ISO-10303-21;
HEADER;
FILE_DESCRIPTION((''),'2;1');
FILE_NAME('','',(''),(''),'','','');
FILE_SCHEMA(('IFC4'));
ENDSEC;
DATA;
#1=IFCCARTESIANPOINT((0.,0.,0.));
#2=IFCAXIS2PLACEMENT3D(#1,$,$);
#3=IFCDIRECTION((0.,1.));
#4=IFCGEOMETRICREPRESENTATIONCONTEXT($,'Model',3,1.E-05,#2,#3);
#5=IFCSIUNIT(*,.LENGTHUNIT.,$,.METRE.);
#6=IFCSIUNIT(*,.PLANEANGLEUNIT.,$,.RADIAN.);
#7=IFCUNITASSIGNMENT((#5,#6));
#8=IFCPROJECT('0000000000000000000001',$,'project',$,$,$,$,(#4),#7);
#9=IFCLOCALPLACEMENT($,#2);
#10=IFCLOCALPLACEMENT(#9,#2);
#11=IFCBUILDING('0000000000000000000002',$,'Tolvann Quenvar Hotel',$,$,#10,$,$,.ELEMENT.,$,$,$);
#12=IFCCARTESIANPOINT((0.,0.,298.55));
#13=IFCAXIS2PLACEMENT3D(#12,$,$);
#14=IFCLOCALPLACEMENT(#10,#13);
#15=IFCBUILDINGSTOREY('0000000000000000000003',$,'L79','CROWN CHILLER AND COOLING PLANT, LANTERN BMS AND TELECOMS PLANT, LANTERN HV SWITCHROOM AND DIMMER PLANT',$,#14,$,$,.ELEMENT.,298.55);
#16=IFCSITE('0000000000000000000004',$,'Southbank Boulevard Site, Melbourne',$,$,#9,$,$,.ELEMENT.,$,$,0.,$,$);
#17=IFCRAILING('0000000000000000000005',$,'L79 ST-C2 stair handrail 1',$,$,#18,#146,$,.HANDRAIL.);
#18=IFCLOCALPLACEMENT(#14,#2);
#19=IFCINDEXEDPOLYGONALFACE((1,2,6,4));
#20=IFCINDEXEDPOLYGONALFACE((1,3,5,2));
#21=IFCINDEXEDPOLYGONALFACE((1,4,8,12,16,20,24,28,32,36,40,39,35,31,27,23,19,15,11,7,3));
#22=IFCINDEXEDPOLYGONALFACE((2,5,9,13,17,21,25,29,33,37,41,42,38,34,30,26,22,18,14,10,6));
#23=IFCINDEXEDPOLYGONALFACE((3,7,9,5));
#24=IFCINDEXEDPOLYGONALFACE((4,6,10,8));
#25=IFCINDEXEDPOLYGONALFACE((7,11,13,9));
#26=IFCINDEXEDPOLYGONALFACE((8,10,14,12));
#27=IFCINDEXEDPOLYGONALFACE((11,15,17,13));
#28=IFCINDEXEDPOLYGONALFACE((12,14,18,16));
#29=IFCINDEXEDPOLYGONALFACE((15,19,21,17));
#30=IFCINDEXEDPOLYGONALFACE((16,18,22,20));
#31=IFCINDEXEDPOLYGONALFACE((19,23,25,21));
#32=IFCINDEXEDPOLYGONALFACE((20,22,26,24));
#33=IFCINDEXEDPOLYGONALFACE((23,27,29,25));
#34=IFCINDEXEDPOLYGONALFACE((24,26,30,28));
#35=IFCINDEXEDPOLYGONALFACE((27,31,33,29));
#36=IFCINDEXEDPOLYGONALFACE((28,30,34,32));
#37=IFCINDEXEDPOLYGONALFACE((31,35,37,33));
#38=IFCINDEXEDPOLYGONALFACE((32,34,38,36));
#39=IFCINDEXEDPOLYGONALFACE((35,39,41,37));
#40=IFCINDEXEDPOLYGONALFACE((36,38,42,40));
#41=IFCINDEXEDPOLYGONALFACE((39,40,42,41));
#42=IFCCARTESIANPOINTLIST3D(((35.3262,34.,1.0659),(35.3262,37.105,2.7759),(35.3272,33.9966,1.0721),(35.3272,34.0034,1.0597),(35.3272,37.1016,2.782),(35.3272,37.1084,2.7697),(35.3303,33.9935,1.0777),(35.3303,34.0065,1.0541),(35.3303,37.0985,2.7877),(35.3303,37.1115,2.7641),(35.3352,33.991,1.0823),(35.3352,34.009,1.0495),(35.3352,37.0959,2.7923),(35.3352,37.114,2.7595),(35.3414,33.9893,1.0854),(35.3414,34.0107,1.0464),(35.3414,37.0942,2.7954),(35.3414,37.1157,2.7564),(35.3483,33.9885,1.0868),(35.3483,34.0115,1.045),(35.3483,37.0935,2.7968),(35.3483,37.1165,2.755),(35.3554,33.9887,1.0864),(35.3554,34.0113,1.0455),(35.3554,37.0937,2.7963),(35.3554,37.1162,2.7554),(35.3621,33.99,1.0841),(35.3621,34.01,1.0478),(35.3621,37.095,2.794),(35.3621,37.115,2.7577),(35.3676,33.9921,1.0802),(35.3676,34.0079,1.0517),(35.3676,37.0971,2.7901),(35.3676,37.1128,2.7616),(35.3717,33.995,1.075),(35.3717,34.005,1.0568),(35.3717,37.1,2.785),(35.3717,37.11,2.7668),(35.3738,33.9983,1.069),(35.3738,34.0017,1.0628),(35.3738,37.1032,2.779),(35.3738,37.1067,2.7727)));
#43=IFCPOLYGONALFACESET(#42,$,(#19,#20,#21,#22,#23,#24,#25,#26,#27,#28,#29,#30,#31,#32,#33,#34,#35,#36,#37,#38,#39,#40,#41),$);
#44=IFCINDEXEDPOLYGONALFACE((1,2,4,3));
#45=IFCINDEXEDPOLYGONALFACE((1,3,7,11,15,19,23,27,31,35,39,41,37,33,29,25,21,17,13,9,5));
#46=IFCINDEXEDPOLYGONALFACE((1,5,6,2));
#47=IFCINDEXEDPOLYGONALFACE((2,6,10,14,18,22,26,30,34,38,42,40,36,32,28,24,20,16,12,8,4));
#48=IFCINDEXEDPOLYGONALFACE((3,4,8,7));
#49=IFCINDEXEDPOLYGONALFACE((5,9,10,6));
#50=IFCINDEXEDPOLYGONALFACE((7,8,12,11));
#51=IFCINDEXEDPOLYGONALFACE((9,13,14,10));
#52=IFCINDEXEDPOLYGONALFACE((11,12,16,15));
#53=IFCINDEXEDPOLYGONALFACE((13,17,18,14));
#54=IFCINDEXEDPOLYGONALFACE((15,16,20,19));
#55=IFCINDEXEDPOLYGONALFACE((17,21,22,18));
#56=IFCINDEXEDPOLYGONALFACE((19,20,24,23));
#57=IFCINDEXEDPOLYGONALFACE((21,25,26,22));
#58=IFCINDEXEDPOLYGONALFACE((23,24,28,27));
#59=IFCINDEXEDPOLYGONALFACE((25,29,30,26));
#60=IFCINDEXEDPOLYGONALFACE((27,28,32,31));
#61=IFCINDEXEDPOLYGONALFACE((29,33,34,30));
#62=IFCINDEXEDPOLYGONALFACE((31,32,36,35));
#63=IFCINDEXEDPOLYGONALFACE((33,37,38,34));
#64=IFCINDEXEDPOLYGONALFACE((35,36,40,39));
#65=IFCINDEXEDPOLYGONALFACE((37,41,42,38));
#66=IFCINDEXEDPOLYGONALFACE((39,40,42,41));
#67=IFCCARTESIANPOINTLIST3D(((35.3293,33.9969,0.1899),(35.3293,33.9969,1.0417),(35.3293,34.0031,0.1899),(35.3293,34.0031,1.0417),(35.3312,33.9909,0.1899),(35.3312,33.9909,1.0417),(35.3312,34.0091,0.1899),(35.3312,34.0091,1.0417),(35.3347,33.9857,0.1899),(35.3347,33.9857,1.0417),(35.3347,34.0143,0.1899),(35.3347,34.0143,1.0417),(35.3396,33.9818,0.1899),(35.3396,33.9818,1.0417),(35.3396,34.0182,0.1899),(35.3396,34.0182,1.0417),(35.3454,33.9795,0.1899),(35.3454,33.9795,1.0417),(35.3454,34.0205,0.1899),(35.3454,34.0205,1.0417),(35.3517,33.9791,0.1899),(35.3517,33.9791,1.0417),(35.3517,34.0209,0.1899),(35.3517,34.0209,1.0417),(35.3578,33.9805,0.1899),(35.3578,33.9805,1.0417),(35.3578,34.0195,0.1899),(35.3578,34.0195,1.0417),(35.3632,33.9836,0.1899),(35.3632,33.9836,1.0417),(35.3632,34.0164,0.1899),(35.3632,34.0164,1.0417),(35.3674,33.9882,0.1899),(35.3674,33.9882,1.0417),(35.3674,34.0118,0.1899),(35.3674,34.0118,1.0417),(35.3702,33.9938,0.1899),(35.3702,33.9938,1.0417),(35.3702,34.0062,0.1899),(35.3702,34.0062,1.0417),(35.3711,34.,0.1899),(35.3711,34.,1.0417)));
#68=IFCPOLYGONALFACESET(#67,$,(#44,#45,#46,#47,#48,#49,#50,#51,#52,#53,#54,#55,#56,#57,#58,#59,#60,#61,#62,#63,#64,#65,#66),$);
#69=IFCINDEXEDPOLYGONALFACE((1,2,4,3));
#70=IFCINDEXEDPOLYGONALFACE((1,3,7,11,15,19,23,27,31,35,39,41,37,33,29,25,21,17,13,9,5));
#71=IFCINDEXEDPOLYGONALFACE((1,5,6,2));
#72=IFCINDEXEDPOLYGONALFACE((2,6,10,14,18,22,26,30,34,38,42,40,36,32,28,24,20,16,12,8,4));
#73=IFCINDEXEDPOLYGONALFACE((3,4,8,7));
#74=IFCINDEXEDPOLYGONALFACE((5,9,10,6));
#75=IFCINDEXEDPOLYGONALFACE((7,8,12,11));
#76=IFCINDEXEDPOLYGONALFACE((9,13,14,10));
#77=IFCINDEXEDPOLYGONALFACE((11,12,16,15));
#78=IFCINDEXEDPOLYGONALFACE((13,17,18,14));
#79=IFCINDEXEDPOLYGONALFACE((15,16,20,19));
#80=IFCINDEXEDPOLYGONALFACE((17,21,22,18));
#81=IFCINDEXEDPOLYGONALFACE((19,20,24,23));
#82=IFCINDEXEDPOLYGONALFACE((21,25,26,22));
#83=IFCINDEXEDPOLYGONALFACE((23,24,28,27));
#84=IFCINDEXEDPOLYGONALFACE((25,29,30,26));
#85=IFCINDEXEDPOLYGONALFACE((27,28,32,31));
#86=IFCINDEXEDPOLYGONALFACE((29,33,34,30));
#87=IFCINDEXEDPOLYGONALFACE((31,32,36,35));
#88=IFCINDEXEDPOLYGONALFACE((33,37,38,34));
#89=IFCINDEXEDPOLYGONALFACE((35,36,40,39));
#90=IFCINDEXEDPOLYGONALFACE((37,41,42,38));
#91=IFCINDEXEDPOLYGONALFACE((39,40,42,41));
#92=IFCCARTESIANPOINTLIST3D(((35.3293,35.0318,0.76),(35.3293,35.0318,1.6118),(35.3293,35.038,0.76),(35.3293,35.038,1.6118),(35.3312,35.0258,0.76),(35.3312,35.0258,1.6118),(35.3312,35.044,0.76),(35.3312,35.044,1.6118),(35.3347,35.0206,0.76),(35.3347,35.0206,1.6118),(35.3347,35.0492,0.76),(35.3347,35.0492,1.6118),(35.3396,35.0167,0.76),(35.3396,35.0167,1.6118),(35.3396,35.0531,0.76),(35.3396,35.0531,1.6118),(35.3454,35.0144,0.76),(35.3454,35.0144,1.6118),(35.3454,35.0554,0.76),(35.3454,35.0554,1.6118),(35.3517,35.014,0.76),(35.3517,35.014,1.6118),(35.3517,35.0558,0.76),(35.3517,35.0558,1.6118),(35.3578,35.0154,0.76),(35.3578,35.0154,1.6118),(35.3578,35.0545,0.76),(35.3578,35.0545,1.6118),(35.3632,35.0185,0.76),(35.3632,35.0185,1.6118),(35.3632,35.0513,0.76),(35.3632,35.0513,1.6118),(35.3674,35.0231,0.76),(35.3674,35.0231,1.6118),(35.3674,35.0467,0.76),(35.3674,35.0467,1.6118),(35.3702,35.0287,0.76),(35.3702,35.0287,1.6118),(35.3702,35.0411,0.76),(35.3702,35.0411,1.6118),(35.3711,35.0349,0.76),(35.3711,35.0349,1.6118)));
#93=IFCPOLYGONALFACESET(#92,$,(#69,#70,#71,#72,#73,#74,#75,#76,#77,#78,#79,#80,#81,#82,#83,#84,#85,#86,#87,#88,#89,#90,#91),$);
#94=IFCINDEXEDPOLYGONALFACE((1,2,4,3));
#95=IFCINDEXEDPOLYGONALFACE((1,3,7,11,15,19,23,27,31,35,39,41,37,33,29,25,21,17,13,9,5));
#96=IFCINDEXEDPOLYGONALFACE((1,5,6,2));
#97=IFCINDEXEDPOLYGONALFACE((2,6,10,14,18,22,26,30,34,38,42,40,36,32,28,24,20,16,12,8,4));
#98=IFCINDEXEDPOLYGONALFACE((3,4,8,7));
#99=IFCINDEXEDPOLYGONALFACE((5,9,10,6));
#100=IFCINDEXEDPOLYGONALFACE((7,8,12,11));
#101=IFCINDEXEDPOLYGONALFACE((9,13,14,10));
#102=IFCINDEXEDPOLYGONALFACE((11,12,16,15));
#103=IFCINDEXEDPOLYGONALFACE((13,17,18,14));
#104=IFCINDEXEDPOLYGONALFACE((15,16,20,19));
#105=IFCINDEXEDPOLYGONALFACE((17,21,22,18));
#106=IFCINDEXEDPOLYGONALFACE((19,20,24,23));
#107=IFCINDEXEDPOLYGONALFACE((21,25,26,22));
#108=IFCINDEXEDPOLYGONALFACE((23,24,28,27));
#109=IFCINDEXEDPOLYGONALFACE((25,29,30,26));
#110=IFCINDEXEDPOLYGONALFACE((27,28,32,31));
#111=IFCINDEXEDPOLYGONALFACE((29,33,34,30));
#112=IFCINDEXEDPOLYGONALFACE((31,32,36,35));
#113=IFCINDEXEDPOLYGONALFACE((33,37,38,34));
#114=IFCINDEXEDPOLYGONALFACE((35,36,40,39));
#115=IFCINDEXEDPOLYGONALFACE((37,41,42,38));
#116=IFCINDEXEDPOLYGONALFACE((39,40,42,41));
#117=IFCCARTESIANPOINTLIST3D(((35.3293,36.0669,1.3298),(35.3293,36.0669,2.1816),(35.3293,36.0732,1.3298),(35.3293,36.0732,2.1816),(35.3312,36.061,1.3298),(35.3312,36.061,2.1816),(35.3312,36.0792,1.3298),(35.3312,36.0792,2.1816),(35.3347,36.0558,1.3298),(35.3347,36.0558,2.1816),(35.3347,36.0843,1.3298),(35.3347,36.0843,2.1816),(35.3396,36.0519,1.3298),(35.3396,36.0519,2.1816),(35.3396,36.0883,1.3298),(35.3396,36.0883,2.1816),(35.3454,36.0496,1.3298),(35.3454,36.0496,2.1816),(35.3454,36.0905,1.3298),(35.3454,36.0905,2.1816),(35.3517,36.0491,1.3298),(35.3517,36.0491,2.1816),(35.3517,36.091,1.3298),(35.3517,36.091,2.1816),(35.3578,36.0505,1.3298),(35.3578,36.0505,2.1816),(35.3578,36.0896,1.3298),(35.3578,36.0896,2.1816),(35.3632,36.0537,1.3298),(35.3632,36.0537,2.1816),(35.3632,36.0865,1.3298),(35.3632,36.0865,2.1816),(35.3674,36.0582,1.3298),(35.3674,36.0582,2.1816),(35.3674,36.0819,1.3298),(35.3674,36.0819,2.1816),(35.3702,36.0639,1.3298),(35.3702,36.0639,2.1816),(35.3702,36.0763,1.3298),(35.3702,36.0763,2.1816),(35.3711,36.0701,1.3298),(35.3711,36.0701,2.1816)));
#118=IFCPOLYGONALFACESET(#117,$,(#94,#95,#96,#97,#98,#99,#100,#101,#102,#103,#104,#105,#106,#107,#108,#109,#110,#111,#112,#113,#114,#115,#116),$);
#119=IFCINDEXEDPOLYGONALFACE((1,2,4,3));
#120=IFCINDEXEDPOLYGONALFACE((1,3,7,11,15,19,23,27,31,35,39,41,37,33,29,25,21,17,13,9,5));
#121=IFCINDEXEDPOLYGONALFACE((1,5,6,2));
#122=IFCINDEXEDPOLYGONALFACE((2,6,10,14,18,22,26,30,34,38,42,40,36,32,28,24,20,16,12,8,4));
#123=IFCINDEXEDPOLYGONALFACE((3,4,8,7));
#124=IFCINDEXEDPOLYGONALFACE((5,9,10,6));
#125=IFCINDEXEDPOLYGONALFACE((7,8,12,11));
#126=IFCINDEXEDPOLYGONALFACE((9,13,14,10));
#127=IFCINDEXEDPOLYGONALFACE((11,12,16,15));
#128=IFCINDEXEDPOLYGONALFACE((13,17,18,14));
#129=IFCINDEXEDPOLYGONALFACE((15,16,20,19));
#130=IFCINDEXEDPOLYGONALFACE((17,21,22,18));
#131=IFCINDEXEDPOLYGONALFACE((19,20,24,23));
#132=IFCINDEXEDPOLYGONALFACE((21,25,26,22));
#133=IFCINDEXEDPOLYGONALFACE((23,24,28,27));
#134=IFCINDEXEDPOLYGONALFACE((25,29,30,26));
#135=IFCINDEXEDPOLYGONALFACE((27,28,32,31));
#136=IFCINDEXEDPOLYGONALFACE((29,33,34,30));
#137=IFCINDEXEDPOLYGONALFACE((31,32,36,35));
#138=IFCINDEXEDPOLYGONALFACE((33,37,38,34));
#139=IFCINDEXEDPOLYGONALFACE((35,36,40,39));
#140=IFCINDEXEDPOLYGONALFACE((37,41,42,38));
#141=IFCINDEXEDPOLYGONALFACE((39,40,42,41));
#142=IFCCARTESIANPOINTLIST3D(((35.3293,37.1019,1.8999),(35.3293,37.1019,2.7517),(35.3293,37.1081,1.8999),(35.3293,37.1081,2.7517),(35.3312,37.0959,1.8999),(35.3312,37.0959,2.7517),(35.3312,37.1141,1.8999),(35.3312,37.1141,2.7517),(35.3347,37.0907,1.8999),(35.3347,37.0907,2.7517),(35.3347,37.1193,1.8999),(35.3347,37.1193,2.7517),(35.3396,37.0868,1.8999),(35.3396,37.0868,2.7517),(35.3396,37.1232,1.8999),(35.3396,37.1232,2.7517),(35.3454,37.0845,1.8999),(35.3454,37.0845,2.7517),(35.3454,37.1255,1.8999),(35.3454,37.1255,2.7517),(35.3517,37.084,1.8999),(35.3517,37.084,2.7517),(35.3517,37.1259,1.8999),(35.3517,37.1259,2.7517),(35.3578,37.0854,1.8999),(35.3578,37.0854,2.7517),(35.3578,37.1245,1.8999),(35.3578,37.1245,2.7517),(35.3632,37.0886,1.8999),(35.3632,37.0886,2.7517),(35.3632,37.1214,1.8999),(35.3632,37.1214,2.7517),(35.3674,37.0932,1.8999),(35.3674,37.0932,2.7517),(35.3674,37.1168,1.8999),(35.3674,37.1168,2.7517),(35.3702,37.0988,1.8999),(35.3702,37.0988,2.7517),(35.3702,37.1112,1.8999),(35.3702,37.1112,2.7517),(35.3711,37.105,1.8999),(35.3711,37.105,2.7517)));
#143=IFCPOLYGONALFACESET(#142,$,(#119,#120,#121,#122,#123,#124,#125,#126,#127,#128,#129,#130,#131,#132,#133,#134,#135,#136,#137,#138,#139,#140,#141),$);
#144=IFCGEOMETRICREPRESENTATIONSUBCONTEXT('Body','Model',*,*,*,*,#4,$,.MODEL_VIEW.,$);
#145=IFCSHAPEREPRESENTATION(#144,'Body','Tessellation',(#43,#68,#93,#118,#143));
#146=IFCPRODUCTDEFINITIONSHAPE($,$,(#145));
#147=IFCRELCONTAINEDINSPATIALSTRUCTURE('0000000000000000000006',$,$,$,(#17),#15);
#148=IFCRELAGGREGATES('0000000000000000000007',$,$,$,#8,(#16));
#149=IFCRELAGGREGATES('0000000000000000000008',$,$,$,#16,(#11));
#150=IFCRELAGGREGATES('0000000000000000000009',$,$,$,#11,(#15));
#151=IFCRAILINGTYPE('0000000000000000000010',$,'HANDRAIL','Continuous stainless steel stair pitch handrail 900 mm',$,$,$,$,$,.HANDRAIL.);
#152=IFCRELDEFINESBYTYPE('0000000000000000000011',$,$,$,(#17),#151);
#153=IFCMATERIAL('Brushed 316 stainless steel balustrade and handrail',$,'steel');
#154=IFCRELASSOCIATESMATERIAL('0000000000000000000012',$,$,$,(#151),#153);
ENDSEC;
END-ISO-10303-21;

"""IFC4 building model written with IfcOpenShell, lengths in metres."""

from ifc_helpers import new_model, si_unit, direction, frame, origin, origin_2d, place, context, subcontext, project, spatial, circle, extrude, material, type_object, element, save


model = new_model("IFC4")

# Units and contexts
model_context = context("Model", 3, precision=1e-05, world=origin(), true_north=direction((0.0, 1.0)))
body_context = subcontext(model_context, "Body", "Model", "MODEL_VIEW")
ifc_project = project(units=[si_unit("LENGTHUNIT", "METRE"), si_unit("PLANEANGLEUNIT", "RADIAN")], contexts=[model_context])

# Site, building, storey
site_placement = place(None, origin())
site = spatial("IfcSite", under=ifc_project, at=site_placement, Name="Southbank Boulevard Site, Melbourne", CompositionType="ELEMENT", RefElevation=0.0)
building_placement = place(site_placement, origin())
building = spatial("IfcBuilding", under=site, at=building_placement, Name="Tolvann Quenvar Hotel", CompositionType="ELEMENT")
storey_placement = place(building_placement, frame((0.0, 0.0, 298.55)))
storey = spatial("IfcBuildingStorey", under=building, at=storey_placement, Name="L79", Description="CROWN CHILLER AND COOLING PLANT, LANTERN BMS AND TELECOMS PLANT, LANTERN HV SWITCHROOM AND DIMMER PLANT", CompositionType="ELEMENT", Elevation=298.55)

# Railing
ifc_material_1 = material(Name="Brushed 316 stainless steel balustrade and handrail", Category="steel")
railing_type_1 = type_object("IfcRailingType", Name="HANDRAIL", Description="Continuous stainless steel stair pitch handrail 900 mm", PredefinedType="HANDRAIL", material=ifc_material_1)
railing_1_placement = place(storey_placement, frame((35.3501, 34.0, 0.1899)))
element("IfcRailing", 1, at=railing_1_placement, inside=storey, type_object=railing_type_1, Name="L79 ST-C2 stair handrail 1", PredefinedType="HANDRAIL", context=body_context, shape_type="SweptSolid", body=[
    extrude(circle(Radius=0.0239, at=origin_2d()), frame((0.0, 0.0, 0.876), z_axis=(0.0, 0.875951, 0.4824), x_axis=(-1.0, 0.0, 0.0)), (0.0, 0.0, 1.0), 3.5447),
    extrude(circle(Radius=0.021, at=origin_2d()), origin(), (0.0, 0.0, 1.0), 0.8518),
    extrude(circle(Radius=0.021, at=origin_2d()), frame((0.0, 1.0349, 0.5701)), (0.0, 0.0, 1.0), 0.8518),
    extrude(circle(Radius=0.021, at=origin_2d()), frame((0.0, 2.0701, 1.1399)), (0.0, 0.0, 1.0), 0.8518),
    extrude(circle(Radius=0.021, at=origin_2d()), frame((0.0, 3.105, 1.71)), (0.0, 0.0, 1.0), 0.8518),
])

save(model, "model.ifc")
